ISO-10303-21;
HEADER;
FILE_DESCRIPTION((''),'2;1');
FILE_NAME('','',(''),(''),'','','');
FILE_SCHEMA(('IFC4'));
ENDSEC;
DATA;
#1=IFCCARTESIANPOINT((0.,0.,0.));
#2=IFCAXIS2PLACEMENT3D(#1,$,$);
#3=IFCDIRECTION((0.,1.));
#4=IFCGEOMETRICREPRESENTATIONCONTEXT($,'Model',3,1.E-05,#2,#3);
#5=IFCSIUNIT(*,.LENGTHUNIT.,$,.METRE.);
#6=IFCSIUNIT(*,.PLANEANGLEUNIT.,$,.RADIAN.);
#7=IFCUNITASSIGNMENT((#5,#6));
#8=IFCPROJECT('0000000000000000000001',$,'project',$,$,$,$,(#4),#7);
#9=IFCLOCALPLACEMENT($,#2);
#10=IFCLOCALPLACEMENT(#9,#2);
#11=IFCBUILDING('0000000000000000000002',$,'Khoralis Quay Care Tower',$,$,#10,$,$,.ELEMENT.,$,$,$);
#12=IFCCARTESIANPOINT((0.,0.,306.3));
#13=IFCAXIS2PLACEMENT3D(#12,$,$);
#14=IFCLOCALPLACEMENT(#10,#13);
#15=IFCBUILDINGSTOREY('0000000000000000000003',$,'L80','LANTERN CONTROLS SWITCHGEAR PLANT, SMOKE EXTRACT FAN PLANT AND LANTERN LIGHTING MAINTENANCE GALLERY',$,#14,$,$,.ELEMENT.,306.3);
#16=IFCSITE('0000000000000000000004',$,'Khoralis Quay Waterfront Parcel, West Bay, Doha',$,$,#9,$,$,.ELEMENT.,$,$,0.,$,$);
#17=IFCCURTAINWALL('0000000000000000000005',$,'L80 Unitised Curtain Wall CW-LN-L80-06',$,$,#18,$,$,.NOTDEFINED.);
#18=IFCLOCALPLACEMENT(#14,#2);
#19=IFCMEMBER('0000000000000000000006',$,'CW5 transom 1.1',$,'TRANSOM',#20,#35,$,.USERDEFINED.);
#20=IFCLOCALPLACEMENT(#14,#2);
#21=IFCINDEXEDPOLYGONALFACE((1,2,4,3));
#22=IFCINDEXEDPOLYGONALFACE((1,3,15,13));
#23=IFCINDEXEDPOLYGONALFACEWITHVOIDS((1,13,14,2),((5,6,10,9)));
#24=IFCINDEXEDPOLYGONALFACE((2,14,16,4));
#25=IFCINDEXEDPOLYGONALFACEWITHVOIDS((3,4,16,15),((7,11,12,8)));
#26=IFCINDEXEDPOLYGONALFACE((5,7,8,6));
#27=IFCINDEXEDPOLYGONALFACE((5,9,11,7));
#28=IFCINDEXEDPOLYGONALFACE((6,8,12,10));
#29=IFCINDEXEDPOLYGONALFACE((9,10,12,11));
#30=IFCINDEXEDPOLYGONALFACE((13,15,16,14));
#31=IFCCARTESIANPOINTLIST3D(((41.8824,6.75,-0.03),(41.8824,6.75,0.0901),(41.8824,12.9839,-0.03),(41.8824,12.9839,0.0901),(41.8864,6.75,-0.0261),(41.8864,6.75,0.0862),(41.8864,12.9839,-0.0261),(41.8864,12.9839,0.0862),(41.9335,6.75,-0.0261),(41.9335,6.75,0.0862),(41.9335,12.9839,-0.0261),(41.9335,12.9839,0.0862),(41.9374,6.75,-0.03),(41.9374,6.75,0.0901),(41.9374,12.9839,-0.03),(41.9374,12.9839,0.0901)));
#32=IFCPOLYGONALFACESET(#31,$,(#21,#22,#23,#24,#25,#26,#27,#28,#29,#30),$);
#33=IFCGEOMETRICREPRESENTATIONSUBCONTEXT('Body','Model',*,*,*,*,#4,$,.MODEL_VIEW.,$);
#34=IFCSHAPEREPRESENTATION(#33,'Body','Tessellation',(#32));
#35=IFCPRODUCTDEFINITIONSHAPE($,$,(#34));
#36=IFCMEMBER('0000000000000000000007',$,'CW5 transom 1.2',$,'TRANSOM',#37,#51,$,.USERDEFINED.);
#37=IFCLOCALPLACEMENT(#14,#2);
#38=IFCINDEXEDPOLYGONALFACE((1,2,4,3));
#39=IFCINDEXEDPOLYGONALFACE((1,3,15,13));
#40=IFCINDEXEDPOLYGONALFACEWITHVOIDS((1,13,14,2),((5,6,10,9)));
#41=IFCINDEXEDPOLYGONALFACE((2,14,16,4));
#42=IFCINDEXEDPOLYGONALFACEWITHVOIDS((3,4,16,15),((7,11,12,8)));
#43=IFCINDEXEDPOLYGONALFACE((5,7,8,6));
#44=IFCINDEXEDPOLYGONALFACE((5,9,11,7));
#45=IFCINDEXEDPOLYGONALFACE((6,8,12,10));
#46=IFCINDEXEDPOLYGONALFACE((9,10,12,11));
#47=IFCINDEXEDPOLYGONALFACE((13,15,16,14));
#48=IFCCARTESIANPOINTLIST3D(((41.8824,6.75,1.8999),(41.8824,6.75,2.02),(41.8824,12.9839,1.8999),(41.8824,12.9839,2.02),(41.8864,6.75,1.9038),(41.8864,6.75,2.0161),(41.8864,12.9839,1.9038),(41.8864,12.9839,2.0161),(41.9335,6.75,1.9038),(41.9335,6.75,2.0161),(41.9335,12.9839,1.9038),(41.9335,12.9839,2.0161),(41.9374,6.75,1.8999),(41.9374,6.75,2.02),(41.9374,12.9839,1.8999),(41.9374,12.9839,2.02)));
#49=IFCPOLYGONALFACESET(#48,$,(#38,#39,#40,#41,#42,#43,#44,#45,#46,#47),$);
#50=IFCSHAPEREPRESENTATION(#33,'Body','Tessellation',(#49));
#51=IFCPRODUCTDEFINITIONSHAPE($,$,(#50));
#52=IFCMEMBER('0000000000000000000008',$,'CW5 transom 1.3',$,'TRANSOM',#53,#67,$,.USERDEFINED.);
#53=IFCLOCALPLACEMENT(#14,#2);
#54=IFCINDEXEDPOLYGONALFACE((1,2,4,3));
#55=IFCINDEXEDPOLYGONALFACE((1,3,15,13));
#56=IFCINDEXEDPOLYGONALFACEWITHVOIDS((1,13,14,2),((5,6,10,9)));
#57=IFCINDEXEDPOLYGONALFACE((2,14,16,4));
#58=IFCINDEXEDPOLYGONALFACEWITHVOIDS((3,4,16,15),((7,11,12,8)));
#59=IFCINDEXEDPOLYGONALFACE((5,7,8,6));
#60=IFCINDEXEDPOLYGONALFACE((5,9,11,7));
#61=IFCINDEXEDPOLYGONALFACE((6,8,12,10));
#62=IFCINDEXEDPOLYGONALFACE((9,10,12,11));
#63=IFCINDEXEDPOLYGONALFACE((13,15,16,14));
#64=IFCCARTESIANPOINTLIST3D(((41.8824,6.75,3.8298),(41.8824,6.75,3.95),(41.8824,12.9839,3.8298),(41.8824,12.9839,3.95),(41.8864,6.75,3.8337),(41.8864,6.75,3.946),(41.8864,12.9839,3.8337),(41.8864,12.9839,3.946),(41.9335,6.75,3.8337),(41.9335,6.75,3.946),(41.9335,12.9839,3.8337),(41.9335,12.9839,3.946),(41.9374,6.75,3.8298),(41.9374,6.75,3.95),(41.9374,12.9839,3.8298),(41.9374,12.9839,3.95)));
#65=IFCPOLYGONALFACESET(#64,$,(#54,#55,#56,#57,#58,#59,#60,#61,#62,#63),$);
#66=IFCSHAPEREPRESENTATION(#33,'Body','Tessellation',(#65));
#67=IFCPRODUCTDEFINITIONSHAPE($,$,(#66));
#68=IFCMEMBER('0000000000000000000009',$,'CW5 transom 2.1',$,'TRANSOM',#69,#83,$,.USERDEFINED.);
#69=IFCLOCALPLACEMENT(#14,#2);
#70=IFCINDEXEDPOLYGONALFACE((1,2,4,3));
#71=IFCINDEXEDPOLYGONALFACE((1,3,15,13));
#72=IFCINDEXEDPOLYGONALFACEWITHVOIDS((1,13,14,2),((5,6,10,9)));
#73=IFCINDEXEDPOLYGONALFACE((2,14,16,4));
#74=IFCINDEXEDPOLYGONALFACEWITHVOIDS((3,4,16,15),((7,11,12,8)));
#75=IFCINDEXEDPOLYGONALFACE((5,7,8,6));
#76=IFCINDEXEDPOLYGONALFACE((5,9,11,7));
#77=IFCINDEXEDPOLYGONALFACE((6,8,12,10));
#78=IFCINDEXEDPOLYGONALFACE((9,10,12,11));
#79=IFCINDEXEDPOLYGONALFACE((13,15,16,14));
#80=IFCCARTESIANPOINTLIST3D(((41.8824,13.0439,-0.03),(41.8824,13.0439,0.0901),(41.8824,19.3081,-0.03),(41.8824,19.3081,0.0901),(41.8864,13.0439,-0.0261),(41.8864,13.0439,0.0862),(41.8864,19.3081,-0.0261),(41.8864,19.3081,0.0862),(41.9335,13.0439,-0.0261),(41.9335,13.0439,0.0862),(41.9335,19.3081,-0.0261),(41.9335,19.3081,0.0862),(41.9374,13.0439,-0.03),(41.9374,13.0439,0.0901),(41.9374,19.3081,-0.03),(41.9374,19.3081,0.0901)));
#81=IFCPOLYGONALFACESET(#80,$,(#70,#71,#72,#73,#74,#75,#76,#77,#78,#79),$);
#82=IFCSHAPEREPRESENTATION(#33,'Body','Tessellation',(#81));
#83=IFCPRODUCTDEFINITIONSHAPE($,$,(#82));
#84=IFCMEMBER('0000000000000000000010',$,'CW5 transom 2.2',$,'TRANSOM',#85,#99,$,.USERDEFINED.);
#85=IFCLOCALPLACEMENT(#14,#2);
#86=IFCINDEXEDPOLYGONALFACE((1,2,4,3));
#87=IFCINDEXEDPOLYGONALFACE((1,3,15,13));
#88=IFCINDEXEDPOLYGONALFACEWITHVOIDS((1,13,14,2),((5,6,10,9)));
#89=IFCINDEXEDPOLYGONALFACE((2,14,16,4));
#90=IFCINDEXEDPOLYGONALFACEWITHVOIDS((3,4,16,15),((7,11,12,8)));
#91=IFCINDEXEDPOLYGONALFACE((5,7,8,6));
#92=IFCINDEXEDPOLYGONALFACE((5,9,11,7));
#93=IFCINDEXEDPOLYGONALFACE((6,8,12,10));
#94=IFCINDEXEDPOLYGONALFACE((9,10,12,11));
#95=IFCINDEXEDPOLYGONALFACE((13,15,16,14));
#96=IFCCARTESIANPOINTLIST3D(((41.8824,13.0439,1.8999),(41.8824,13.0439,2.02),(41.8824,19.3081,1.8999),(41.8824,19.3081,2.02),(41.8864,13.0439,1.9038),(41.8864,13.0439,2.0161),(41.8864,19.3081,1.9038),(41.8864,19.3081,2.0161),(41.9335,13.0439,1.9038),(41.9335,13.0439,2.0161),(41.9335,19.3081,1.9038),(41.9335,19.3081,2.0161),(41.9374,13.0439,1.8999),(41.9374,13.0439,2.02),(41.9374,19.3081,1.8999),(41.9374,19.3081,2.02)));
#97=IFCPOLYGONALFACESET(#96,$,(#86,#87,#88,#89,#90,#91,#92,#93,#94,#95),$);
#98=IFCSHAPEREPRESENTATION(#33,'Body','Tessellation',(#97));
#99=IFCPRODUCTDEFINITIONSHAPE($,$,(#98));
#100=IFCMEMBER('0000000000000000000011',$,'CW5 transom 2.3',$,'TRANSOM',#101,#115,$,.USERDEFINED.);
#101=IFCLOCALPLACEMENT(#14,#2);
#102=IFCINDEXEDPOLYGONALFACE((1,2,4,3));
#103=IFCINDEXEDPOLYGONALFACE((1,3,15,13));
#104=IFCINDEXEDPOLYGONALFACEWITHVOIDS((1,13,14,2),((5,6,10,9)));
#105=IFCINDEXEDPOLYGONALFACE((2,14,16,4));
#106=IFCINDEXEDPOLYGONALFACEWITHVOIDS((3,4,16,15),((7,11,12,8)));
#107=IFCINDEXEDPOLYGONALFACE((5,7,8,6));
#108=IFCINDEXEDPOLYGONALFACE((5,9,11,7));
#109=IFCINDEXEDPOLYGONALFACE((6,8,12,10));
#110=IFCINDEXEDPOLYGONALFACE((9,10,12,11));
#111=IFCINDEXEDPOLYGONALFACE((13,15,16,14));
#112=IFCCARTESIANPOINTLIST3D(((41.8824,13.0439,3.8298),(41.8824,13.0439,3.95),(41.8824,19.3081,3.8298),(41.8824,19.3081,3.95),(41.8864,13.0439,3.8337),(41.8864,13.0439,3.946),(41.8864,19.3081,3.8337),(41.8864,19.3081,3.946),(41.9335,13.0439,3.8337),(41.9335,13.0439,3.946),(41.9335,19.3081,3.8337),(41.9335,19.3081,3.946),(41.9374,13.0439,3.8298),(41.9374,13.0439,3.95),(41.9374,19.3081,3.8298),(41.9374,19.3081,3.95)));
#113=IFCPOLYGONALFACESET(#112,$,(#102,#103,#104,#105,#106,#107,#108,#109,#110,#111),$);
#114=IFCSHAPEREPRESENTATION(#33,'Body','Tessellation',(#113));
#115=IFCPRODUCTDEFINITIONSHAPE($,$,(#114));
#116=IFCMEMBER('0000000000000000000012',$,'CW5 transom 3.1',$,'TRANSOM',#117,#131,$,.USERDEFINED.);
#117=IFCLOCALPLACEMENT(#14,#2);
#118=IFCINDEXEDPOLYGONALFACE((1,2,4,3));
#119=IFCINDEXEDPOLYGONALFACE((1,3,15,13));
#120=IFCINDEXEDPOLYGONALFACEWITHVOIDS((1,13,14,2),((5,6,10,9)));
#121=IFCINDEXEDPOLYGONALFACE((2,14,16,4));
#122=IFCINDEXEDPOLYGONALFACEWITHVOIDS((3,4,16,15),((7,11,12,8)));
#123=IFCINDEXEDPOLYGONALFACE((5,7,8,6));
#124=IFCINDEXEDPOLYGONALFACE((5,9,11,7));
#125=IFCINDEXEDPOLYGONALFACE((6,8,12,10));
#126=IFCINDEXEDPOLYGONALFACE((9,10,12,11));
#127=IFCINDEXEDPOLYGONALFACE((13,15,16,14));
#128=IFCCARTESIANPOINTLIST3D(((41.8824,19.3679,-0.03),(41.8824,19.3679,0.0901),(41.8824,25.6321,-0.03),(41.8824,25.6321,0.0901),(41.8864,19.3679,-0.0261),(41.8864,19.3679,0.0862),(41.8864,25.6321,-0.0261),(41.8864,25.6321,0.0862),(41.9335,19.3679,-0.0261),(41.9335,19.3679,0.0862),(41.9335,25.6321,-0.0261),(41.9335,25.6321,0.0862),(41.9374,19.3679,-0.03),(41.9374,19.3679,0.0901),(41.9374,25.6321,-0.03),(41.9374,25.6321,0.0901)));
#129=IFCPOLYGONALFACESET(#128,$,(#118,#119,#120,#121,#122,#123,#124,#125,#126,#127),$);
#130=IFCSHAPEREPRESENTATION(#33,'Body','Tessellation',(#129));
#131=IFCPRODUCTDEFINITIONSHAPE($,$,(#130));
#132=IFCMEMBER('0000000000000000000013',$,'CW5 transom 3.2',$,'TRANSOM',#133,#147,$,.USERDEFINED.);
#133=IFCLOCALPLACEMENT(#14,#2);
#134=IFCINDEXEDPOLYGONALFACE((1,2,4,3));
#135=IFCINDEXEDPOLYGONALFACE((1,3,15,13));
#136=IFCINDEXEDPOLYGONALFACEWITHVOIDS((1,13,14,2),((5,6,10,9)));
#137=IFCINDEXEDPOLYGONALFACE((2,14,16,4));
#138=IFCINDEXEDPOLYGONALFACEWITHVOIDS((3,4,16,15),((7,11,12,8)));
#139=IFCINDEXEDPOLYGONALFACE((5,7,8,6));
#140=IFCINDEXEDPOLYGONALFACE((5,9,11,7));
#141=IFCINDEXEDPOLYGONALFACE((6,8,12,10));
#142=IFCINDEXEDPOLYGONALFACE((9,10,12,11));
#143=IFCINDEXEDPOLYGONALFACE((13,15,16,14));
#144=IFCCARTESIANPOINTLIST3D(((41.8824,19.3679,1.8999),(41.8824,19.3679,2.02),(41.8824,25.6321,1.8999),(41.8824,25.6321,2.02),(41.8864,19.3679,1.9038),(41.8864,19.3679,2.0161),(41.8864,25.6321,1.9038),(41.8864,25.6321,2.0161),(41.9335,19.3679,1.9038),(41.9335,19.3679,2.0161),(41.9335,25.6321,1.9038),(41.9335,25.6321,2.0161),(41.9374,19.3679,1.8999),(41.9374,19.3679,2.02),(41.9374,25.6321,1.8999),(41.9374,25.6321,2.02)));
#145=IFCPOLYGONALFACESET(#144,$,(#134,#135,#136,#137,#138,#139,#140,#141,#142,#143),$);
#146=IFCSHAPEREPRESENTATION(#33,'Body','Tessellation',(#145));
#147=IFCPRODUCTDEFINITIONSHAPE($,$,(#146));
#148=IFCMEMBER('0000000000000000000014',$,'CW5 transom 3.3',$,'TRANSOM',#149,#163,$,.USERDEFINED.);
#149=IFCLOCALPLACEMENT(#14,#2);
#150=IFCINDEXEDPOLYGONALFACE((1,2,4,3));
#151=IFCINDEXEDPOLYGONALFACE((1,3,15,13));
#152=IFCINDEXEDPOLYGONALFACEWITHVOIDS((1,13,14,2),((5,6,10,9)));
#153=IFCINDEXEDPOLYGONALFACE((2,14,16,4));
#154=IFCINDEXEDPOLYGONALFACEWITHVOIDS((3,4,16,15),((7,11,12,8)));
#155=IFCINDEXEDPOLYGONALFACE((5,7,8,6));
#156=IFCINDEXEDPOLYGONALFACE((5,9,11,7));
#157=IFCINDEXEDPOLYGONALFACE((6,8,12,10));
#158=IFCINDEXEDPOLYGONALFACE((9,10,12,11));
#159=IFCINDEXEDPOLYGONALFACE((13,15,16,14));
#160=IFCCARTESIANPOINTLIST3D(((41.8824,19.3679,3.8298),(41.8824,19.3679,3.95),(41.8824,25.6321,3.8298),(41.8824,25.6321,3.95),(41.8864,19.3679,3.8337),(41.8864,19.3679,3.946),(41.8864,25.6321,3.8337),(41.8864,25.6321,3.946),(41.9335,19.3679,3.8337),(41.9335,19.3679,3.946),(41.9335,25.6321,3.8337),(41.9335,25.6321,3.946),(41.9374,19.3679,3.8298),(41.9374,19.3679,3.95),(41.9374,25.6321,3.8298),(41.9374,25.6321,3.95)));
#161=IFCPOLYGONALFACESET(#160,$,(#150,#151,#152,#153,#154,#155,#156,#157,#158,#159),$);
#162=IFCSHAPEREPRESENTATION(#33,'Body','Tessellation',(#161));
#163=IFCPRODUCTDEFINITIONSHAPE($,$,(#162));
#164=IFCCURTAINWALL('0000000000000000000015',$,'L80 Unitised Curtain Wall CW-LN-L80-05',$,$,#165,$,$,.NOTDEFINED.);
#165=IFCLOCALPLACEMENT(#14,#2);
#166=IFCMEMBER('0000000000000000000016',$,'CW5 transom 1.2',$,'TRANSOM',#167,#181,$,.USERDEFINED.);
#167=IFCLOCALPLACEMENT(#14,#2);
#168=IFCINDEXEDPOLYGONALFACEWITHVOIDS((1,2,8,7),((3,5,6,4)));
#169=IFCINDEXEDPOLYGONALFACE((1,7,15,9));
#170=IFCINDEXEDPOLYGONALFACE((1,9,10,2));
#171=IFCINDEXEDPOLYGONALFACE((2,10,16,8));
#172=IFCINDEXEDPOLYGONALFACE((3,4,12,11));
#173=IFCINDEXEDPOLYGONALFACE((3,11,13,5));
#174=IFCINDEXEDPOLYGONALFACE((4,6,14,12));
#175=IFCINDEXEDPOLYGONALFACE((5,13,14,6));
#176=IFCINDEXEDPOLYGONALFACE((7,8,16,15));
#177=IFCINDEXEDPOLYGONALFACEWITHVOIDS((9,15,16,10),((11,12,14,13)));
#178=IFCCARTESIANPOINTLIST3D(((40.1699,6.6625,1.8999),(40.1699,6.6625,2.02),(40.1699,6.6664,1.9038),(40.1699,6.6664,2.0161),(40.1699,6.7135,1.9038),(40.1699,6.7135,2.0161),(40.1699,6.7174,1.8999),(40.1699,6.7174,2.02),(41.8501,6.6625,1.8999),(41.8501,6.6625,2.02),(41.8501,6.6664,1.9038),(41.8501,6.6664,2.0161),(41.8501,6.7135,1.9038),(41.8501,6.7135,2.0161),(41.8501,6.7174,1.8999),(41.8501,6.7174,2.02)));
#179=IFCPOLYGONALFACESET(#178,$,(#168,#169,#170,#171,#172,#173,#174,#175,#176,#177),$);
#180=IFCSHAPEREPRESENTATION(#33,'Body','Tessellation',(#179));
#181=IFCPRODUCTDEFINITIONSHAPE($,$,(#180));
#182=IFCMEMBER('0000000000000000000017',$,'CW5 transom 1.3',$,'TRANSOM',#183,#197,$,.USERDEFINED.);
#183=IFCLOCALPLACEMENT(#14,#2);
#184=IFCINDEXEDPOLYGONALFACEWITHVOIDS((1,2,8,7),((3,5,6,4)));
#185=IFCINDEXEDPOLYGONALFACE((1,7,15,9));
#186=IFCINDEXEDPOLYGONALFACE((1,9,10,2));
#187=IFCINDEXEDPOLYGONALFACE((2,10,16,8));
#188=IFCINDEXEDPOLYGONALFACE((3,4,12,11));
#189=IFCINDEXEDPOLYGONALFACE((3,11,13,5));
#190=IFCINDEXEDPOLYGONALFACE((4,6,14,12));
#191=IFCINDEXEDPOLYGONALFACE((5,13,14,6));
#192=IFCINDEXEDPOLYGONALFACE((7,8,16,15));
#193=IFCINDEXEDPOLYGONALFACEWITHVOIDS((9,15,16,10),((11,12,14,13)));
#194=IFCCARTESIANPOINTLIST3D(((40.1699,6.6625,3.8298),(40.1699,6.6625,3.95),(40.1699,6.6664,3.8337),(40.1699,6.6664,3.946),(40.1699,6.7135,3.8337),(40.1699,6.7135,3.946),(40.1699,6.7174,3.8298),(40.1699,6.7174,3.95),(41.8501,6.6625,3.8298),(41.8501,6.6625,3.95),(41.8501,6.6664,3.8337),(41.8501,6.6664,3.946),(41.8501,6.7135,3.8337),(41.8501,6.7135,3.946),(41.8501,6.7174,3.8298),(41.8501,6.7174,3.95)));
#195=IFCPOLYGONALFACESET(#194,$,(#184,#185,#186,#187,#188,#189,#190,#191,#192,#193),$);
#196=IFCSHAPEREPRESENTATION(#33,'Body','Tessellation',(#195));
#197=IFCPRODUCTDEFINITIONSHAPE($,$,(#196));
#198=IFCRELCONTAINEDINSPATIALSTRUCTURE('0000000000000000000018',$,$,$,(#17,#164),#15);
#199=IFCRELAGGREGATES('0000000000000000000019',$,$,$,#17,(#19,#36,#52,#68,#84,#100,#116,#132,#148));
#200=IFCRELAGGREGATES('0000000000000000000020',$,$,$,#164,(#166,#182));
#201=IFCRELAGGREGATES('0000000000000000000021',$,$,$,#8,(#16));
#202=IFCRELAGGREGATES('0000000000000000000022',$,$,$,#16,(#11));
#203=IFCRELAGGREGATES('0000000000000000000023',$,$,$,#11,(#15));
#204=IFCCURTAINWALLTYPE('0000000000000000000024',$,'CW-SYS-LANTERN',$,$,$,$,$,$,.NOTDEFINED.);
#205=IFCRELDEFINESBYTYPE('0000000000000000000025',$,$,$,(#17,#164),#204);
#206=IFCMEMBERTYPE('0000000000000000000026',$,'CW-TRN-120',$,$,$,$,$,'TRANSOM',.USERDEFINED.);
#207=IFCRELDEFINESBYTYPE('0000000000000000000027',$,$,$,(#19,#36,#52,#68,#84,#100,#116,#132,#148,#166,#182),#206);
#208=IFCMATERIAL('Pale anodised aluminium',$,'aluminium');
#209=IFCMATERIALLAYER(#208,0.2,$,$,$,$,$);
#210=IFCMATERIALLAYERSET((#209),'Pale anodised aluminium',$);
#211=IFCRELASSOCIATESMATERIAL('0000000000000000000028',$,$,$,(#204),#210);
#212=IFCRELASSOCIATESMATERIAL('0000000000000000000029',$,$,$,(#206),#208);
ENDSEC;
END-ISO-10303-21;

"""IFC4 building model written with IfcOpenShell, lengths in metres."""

from ifc_helpers import new_model, si_unit, direction, frame, origin, origin_2d, place, context, subcontext, project, spatial, hollow_rectangle, extrude, source, transform, mapped, material, layer, layer_set, material_profile, profile_set, type_object, element, aggregate, save


model = new_model("IFC4")

# Units and contexts
model_context = context("Model", 3, precision=1e-05, world=origin(), true_north=direction((0.0, 1.0)))
body_context = subcontext(model_context, "Body", "Model", "MODEL_VIEW")
ifc_project = project(units=[si_unit("LENGTHUNIT", "METRE"), si_unit("PLANEANGLEUNIT", "RADIAN")], contexts=[model_context])

# Site, building, storey
site_placement = place(None, origin())
site = spatial("IfcSite", under=ifc_project, at=site_placement, Name="Khoralis Quay Waterfront Parcel, West Bay, Doha", CompositionType="ELEMENT", RefElevation=0.0)
building_placement = place(site_placement, origin())
building = spatial("IfcBuilding", under=site, at=building_placement, Name="Khoralis Quay Care Tower", CompositionType="ELEMENT")
storey_placement = place(building_placement, frame((0.0, 0.0, 306.3)))
storey = spatial("IfcBuildingStorey", under=building, at=storey_placement, Name="L80", Description="LANTERN CONTROLS SWITCHGEAR PLANT, SMOKE EXTRACT FAN PLANT AND LANTERN LIGHTING MAINTENANCE GALLERY", CompositionType="ELEMENT", Elevation=306.3)

# Curtain walls, members
ifc_material_1 = material(Name="Pale anodised aluminium", Category="aluminium")
ifc_layer_1 = layer(ifc_material_1, 0.2)
ifc_layer_set_1 = layer_set([ifc_layer_1], Name="Pale anodised aluminium")
curtain_wall_type = type_object("IfcCurtainWallType", Name="CW-SYS-LANTERN", PredefinedType="NOTDEFINED", material=ifc_layer_set_1)
curtain_wall_1_placement = place(storey_placement, origin())
curtain_wall_1 = element("IfcCurtainWall", 1, at=curtain_wall_1_placement, inside=storey, type_object=curtain_wall_type, Name="L80 Unitised Curtain Wall CW-LN-L80-06", PredefinedType="NOTDEFINED")
ifc_material_profile_1 = material_profile(ifc_material_1, hollow_rectangle(XDim=0.0549, YDim=0.1201, WallThickness=0.0039, at=origin_2d()), Name="Pale anodised aluminium")
ifc_profile_set_1 = profile_set([ifc_material_profile_1], Name="Pale anodised aluminium")
member_type_1 = type_object("IfcMemberType", Name="CW-TRN-120", ElementType="TRANSOM", PredefinedType="USERDEFINED", material=ifc_profile_set_1)
shared_shape_1 = source(origin(), body_context, "Body", "SweptSolid", [
    extrude(hollow_rectangle(XDim=0.0549, YDim=0.1201, WallThickness=0.0039, at=origin_2d()), origin(), (0.0, 0.0, 1.0), 6.2339),
])
member_1_placement = place(storey_placement, frame((41.9099, 6.75, 0.03), z_axis=(0.0, 1.0, 0.0), x_axis=(-1.0, 0.0, 0.0)))
member_1 = element("IfcMember", 2, at=member_1_placement, type_object=member_type_1, Name="CW5 transom 1.1", ObjectType="TRANSOM", PredefinedType="USERDEFINED", context=body_context, shape_type="MappedRepresentation", body=[
    mapped(shared_shape_1, transform((0.0, 0.0, 0.0), scale=1.0)),
])
member_2_placement = place(storey_placement, frame((41.9099, 6.75, 1.96), z_axis=(0.0, 1.0, 0.0), x_axis=(-1.0, 0.0, 0.0)))
member_2 = element("IfcMember", 3, at=member_2_placement, type_object=member_type_1, Name="CW5 transom 1.2", ObjectType="TRANSOM", PredefinedType="USERDEFINED", context=body_context, shape_type="MappedRepresentation", body=[
    mapped(shared_shape_1, transform((0.0, 0.0, 0.0), scale=1.0)),
])
member_3_placement = place(storey_placement, frame((41.9099, 6.75, 3.8899), z_axis=(0.0, 1.0, 0.0), x_axis=(-1.0, 0.0, 0.0)))
member_3 = element("IfcMember", 4, at=member_3_placement, type_object=member_type_1, Name="CW5 transom 1.3", ObjectType="TRANSOM", PredefinedType="USERDEFINED", context=body_context, shape_type="MappedRepresentation", body=[
    mapped(shared_shape_1, transform((0.0, 0.0, 0.0), scale=1.0)),
])
shared_shape_2 = source(origin(), body_context, "Body", "SweptSolid", [
    extrude(hollow_rectangle(XDim=0.0549, YDim=0.1201, WallThickness=0.0039, at=origin_2d()), origin(), (0.0, 0.0, 1.0), 6.2642),
])
member_4_placement = place(storey_placement, frame((41.9099, 13.0439, 0.03), z_axis=(0.0, 1.0, 0.0), x_axis=(-1.0, 0.0, 0.0)))
member_4 = element("IfcMember", 5, at=member_4_placement, type_object=member_type_1, Name="CW5 transom 2.1", ObjectType="TRANSOM", PredefinedType="USERDEFINED", context=body_context, shape_type="MappedRepresentation", body=[
    mapped(shared_shape_2, transform((0.0, 0.0, 0.0), scale=1.0)),
])
member_5_placement = place(storey_placement, frame((41.9099, 13.0439, 1.96), z_axis=(0.0, 1.0, 0.0), x_axis=(-1.0, 0.0, 0.0)))
member_5 = element("IfcMember", 6, at=member_5_placement, type_object=member_type_1, Name="CW5 transom 2.2", ObjectType="TRANSOM", PredefinedType="USERDEFINED", context=body_context, shape_type="MappedRepresentation", body=[
    mapped(shared_shape_2, transform((0.0, 0.0, 0.0), scale=1.0)),
])
member_6_placement = place(storey_placement, frame((41.9099, 13.0439, 3.8899), z_axis=(0.0, 1.0, 0.0), x_axis=(-1.0, 0.0, 0.0)))
member_6 = element("IfcMember", 7, at=member_6_placement, type_object=member_type_1, Name="CW5 transom 2.3", ObjectType="TRANSOM", PredefinedType="USERDEFINED", context=body_context, shape_type="MappedRepresentation", body=[
    mapped(shared_shape_2, transform((0.0, 0.0, 0.0), scale=1.0)),
])
member_7_placement = place(storey_placement, frame((41.9099, 19.3679, 0.03), z_axis=(0.0, 1.0, 0.0), x_axis=(-1.0, 0.0, 0.0)))
member_7 = element("IfcMember", 8, at=member_7_placement, type_object=member_type_1, Name="CW5 transom 3.1", ObjectType="TRANSOM", PredefinedType="USERDEFINED", context=body_context, shape_type="MappedRepresentation", body=[
    mapped(shared_shape_2, transform((0.0, 0.0, 0.0), scale=1.0)),
])
member_8_placement = place(storey_placement, frame((41.9099, 19.3679, 1.96), z_axis=(0.0, 1.0, 0.0), x_axis=(-1.0, 0.0, 0.0)))
member_8 = element("IfcMember", 9, at=member_8_placement, type_object=member_type_1, Name="CW5 transom 3.2", ObjectType="TRANSOM", PredefinedType="USERDEFINED", context=body_context, shape_type="MappedRepresentation", body=[
    mapped(shared_shape_2, transform((0.0, 0.0, 0.0), scale=1.0)),
])
member_9_placement = place(storey_placement, frame((41.9099, 19.3679, 3.8899), z_axis=(0.0, 1.0, 0.0), x_axis=(-1.0, 0.0, 0.0)))
member_9 = element("IfcMember", 10, at=member_9_placement, type_object=member_type_1, Name="CW5 transom 3.3", ObjectType="TRANSOM", PredefinedType="USERDEFINED", context=body_context, shape_type="MappedRepresentation", body=[
    mapped(shared_shape_2, transform((0.0, 0.0, 0.0), scale=1.0)),
])
curtain_wall_2_placement = place(storey_placement, origin())
curtain_wall_2 = element("IfcCurtainWall", 11, at=curtain_wall_2_placement, inside=storey, type_object=curtain_wall_type, Name="L80 Unitised Curtain Wall CW-LN-L80-05", PredefinedType="NOTDEFINED")
shared_shape_3 = source(origin(), body_context, "Body", "SweptSolid", [
    extrude(hollow_rectangle(XDim=0.0549, YDim=0.1201, WallThickness=0.0039, at=origin_2d()), origin(), (0.0, 0.0, 1.0), 1.6802),
])
member_10_placement = place(storey_placement, frame((40.1699, 6.6899, 1.96), z_axis=(1.0, 0.0, 0.0), x_axis=(0.0, 1.0, 0.0)))
member_10 = element("IfcMember", 12, at=member_10_placement, type_object=member_type_1, Name="CW5 transom 1.2", ObjectType="TRANSOM", PredefinedType="USERDEFINED", context=body_context, shape_type="MappedRepresentation", body=[
    mapped(shared_shape_3, transform((0.0, 0.0, 0.0), scale=1.0)),
])
member_11_placement = place(storey_placement, frame((40.1699, 6.6899, 3.8899), z_axis=(1.0, 0.0, 0.0), x_axis=(0.0, 1.0, 0.0)))
member_11 = element("IfcMember", 13, at=member_11_placement, type_object=member_type_1, Name="CW5 transom 1.3", ObjectType="TRANSOM", PredefinedType="USERDEFINED", context=body_context, shape_type="MappedRepresentation", body=[
    mapped(shared_shape_3, transform((0.0, 0.0, 0.0), scale=1.0)),
])

aggregate(curtain_wall_1, [member_1, member_2, member_3, member_4, member_5, member_6, member_7, member_8, member_9])
aggregate(curtain_wall_2, [member_10, member_11])

save(model, "model.ifc")
